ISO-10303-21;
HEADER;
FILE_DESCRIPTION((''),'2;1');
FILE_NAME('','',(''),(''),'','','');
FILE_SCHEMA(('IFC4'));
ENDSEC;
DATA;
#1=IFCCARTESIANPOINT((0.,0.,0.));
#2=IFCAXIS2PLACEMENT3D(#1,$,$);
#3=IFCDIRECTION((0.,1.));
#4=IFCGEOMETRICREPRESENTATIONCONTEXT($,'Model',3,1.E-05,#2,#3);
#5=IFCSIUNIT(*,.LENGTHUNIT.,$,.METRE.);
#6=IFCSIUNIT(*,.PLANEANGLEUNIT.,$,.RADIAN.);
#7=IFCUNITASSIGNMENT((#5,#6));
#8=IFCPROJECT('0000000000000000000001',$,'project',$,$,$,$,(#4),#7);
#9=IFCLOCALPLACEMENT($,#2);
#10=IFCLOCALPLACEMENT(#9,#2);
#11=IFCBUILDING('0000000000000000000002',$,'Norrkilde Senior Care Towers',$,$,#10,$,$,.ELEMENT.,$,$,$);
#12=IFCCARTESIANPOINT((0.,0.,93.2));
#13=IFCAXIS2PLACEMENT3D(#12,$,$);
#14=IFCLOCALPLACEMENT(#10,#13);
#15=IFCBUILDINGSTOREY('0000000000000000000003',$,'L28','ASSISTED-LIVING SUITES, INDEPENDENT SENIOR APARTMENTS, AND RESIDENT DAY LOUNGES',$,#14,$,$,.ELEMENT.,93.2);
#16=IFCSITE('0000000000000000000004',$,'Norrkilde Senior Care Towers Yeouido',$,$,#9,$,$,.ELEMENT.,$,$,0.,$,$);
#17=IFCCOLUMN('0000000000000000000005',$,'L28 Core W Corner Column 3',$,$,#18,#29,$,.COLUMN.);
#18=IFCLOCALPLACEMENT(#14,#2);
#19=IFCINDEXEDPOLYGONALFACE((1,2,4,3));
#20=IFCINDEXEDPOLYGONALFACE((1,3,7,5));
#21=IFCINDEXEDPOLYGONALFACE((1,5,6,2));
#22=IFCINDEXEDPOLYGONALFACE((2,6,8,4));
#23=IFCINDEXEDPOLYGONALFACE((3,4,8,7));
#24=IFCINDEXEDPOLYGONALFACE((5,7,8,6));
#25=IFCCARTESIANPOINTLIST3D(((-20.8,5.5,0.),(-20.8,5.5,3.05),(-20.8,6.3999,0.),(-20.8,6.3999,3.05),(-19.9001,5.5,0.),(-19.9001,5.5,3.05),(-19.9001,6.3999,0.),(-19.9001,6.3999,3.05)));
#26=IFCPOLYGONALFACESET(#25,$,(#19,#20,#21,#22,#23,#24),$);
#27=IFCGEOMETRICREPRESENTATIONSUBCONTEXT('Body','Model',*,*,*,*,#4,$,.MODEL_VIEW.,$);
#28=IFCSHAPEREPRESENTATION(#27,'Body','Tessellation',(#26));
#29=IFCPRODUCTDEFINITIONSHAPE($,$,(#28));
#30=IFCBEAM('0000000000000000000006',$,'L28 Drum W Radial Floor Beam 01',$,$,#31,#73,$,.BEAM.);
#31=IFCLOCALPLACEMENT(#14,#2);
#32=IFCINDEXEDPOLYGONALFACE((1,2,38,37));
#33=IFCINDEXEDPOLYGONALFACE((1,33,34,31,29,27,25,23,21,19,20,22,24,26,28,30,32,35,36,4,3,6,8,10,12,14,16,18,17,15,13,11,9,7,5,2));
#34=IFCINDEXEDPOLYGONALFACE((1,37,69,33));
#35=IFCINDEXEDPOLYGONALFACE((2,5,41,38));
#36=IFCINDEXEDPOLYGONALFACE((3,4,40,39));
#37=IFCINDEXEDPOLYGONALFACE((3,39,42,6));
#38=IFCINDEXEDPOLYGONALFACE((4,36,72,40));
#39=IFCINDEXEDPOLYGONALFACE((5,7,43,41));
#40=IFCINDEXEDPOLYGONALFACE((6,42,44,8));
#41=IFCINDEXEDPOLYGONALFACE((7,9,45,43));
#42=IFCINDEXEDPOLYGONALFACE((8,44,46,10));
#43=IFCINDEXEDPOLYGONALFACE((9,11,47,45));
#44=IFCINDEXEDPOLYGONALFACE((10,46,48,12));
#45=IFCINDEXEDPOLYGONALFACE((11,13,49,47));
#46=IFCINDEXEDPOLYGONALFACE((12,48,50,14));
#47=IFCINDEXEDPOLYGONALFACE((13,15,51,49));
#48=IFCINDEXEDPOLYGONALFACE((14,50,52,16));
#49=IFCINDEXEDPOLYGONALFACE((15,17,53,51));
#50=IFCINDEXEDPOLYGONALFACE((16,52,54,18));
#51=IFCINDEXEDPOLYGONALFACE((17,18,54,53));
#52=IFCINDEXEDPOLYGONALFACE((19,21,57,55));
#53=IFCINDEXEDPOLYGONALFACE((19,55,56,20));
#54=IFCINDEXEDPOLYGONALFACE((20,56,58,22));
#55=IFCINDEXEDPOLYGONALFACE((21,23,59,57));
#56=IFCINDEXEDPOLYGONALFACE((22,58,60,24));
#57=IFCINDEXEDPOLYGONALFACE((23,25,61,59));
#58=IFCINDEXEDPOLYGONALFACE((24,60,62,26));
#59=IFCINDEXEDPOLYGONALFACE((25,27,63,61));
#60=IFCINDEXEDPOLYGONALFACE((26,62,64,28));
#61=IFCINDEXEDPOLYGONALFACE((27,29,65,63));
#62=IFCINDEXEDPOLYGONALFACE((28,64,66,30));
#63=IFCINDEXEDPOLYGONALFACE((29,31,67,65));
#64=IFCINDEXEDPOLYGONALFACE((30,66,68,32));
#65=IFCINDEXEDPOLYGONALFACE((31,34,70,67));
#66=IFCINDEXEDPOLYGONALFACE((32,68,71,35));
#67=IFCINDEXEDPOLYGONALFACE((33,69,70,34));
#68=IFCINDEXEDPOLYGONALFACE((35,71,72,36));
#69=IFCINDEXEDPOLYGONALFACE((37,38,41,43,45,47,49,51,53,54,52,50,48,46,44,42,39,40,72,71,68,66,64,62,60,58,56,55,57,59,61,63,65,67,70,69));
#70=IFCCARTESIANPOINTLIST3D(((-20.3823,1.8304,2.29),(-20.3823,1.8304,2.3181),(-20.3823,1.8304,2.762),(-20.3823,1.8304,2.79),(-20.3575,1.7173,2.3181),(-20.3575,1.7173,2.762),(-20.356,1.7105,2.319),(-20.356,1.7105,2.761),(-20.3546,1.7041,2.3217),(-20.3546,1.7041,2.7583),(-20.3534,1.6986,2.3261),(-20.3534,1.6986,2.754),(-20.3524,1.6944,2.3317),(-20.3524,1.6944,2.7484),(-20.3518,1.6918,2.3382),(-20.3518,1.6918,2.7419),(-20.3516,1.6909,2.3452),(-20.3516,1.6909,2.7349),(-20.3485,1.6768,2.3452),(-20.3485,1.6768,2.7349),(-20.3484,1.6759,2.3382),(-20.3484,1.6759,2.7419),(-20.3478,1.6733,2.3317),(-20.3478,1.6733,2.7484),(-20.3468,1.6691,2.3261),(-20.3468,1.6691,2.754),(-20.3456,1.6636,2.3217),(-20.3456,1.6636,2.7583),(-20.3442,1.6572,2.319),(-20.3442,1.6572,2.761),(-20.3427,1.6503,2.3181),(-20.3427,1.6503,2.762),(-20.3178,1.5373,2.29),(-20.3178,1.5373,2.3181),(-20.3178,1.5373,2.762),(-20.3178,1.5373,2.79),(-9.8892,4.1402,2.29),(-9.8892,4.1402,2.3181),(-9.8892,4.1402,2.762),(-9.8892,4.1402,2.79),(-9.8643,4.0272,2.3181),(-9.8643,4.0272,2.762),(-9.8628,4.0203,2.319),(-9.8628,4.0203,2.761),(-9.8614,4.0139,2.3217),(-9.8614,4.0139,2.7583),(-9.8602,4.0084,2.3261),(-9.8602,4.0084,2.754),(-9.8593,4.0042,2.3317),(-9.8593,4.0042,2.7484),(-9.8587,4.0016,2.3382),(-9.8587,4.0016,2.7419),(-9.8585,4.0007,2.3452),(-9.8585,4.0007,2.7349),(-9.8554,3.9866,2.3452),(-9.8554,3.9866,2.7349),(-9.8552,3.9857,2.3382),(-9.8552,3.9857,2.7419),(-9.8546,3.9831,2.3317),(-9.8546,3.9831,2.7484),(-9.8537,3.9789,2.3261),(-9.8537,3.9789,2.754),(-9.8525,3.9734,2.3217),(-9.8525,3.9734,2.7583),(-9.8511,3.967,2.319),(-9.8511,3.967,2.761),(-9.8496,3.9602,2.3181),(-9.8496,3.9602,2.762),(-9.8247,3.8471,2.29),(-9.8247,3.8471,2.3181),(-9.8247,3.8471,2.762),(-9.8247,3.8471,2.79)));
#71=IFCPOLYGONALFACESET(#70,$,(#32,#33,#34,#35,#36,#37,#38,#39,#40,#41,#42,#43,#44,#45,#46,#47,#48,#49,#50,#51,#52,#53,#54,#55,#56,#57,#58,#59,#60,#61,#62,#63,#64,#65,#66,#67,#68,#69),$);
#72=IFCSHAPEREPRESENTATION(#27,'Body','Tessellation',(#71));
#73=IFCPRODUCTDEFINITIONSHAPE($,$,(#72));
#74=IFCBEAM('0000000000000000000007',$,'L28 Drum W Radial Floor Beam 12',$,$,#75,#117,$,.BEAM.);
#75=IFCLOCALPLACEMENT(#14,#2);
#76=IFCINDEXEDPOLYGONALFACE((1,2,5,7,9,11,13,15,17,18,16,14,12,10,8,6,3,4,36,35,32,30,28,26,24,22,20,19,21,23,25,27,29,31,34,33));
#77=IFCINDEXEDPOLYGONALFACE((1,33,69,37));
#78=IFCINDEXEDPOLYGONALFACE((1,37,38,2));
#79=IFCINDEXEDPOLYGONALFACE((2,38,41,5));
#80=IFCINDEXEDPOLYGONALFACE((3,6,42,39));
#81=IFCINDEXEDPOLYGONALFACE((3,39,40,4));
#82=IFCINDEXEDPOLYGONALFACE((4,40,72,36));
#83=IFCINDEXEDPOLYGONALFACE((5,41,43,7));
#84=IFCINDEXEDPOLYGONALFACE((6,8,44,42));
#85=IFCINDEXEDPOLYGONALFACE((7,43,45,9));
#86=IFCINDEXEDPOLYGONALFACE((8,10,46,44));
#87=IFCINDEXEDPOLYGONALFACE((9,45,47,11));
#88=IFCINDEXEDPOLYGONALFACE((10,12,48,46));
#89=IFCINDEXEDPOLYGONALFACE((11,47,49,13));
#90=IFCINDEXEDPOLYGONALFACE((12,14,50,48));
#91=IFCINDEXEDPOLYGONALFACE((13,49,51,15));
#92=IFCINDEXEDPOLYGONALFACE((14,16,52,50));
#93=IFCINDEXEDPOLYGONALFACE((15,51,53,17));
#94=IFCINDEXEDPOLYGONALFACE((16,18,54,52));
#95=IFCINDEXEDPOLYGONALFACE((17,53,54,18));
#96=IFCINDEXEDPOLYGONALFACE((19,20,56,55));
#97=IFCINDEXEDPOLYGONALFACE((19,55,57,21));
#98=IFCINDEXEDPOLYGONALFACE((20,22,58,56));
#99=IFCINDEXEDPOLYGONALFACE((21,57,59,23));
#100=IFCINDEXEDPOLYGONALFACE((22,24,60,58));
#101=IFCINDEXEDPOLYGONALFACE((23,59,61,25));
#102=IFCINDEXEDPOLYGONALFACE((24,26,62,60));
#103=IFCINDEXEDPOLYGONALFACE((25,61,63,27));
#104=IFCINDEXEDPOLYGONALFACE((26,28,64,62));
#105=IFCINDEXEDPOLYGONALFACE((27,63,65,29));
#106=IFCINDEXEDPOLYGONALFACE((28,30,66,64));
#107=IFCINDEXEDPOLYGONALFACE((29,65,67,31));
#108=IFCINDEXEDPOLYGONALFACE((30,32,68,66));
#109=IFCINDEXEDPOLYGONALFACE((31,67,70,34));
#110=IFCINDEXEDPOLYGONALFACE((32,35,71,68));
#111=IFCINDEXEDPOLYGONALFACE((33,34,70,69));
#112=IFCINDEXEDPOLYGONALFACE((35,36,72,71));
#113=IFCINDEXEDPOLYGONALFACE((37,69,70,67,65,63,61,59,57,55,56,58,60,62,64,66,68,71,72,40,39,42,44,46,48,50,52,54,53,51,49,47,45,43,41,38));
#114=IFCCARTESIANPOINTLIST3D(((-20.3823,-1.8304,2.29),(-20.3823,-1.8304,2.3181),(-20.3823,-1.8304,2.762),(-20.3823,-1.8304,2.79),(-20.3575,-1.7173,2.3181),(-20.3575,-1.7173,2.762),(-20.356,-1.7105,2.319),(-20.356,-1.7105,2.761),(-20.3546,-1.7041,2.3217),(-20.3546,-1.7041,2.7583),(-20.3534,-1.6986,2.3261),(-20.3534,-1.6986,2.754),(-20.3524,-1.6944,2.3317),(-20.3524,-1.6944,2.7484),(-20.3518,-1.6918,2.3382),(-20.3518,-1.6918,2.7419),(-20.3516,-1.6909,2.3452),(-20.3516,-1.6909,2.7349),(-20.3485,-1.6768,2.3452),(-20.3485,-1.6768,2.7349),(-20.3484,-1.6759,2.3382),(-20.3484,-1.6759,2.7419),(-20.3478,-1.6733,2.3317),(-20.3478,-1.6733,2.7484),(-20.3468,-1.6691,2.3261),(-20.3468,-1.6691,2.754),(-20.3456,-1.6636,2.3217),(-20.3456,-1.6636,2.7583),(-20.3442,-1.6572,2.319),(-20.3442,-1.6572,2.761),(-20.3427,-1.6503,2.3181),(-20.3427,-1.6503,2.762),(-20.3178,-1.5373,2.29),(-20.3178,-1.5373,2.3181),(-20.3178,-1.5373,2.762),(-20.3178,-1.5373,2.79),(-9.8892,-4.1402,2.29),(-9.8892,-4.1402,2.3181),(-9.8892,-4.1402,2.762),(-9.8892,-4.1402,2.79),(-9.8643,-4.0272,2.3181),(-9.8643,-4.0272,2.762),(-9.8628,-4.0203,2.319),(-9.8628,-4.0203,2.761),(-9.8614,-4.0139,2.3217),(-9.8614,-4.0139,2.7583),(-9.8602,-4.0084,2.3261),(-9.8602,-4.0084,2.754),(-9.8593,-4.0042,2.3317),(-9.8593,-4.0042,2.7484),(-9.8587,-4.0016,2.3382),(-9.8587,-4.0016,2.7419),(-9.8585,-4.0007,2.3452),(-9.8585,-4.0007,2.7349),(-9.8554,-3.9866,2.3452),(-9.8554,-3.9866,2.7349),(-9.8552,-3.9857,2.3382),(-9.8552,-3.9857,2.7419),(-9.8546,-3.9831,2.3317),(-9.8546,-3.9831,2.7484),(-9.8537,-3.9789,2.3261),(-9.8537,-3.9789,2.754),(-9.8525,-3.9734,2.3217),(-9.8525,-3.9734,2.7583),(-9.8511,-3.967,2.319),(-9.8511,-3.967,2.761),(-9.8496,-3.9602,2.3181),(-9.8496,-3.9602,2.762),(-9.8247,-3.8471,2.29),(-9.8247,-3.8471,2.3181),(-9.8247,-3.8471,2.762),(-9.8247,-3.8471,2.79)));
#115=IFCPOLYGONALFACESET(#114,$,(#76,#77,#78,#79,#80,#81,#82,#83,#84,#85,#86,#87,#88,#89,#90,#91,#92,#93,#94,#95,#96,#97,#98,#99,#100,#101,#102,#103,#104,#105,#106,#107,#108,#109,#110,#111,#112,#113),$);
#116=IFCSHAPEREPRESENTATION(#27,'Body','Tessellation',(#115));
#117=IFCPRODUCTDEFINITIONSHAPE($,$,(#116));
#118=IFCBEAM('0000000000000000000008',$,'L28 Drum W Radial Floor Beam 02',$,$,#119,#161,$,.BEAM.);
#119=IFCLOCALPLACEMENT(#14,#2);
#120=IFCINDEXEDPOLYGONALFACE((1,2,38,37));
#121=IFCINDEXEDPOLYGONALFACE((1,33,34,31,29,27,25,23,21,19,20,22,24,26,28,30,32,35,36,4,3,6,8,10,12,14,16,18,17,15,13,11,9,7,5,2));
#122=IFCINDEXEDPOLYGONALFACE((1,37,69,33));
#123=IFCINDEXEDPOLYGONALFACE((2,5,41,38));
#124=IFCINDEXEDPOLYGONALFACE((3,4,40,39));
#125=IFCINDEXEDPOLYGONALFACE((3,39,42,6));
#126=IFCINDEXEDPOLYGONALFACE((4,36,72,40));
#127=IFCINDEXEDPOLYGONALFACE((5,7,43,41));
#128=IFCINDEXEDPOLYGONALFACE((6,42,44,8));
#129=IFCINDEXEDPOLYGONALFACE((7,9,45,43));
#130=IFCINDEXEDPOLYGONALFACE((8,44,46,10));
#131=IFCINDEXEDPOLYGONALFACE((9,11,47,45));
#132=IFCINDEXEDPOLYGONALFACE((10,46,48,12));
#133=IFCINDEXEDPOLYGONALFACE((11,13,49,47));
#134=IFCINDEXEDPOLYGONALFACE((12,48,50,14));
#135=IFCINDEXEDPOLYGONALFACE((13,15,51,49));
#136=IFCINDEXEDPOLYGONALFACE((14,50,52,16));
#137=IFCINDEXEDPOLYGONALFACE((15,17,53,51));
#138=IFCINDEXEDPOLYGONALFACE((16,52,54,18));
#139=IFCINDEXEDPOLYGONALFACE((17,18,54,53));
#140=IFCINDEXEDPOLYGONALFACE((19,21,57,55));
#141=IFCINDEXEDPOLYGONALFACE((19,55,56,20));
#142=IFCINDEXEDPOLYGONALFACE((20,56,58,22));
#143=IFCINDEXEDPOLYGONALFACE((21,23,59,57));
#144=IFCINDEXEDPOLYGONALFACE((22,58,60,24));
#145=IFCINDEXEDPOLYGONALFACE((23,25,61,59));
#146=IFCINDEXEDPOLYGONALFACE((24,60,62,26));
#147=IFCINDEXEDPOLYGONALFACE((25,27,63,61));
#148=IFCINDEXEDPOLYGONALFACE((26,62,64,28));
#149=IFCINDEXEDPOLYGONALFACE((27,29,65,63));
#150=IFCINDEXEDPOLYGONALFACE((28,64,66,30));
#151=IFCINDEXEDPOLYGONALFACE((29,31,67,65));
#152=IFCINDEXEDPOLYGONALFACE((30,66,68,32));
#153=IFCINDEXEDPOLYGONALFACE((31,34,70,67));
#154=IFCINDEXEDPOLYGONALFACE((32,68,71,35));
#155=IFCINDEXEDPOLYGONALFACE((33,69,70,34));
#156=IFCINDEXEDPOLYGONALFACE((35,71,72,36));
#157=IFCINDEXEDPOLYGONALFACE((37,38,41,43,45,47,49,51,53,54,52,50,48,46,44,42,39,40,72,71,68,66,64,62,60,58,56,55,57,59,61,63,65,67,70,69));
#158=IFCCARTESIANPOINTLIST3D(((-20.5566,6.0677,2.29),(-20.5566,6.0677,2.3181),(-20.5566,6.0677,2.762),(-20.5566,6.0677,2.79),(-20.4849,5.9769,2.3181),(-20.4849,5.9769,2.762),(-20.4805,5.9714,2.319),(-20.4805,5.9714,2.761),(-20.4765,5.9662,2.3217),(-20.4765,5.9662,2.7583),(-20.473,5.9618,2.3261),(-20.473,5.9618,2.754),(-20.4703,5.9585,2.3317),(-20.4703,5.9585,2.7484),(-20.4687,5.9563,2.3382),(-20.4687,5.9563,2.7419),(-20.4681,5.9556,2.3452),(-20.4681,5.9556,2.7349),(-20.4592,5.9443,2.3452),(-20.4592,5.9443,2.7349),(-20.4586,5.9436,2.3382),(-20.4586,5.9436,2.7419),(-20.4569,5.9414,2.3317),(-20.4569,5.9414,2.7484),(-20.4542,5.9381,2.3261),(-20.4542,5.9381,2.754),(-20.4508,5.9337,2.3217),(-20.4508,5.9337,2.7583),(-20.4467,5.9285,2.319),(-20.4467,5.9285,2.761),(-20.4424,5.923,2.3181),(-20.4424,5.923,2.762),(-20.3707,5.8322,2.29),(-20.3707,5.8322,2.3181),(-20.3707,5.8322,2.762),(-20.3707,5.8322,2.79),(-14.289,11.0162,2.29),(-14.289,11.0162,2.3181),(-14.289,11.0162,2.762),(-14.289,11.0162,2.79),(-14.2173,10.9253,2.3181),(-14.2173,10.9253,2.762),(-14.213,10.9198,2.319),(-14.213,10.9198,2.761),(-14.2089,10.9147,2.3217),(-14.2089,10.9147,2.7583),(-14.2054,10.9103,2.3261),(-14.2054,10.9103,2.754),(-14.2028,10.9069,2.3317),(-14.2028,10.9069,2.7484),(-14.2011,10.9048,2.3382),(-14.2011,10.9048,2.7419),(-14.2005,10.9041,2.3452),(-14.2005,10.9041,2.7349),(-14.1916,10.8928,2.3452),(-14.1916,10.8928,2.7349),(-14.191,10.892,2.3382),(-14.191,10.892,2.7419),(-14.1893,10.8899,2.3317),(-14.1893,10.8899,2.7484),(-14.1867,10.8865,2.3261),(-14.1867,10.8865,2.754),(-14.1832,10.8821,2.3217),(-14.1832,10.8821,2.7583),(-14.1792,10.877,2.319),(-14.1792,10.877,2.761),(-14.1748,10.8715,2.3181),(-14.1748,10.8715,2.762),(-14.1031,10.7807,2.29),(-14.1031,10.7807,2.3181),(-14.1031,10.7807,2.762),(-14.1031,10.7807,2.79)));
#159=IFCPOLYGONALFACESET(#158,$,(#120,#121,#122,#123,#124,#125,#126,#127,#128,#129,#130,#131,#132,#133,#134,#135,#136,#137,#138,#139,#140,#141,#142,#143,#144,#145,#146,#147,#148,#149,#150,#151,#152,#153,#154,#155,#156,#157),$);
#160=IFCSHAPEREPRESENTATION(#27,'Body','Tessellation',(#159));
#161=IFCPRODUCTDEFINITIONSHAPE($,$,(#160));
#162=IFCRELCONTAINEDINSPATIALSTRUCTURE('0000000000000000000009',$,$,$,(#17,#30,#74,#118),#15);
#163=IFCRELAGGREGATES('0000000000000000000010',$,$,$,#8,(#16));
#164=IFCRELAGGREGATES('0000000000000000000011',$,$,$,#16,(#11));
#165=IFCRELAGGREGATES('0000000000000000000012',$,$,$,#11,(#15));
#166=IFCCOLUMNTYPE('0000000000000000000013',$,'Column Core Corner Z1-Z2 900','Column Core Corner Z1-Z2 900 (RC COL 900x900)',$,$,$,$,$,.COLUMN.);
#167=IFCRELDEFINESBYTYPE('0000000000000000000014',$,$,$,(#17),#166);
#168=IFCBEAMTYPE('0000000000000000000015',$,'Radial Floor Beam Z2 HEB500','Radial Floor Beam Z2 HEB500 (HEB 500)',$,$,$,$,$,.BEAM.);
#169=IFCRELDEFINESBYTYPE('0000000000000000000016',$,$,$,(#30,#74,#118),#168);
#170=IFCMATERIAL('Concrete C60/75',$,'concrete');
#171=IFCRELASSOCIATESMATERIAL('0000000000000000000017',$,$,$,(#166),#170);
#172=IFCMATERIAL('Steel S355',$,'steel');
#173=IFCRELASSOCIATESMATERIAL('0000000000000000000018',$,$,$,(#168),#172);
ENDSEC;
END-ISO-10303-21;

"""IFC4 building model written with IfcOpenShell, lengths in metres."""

from ifc_helpers import new_model, si_unit, direction, frame, origin, origin_2d, place, context, subcontext, project, spatial, rectangle, i_section, extrude, source, transform, mapped, material, material_profile, profile_set, type_object, type_shapes, element, save


model = new_model("IFC4")

# Units and contexts
model_context = context("Model", 3, precision=1e-05, world=origin(), true_north=direction((0.0, 1.0)))
body_context = subcontext(model_context, "Body", "Model", "MODEL_VIEW")
ifc_project = project(units=[si_unit("LENGTHUNIT", "METRE"), si_unit("PLANEANGLEUNIT", "RADIAN")], contexts=[model_context])

# Site, building, storey
site_placement = place(None, origin())
site = spatial("IfcSite", under=ifc_project, at=site_placement, Name="Norrkilde Senior Care Towers Yeouido", CompositionType="ELEMENT", RefElevation=0.0)
building_placement = place(site_placement, origin())
building = spatial("IfcBuilding", under=site, at=building_placement, Name="Norrkilde Senior Care Towers", CompositionType="ELEMENT")
storey_placement = place(building_placement, frame((0.0, 0.0, 93.2)))
storey = spatial("IfcBuildingStorey", under=building, at=storey_placement, Name="L28", Description="ASSISTED-LIVING SUITES, INDEPENDENT SENIOR APARTMENTS, AND RESIDENT DAY LOUNGES", CompositionType="ELEMENT", Elevation=93.2)

# Column
ifc_material_1 = material(Name="Concrete C60/75", Category="concrete")
ifc_material_profile_1 = material_profile(ifc_material_1, rectangle(XDim=0.8999, YDim=0.8999, at=origin_2d()), Name="RC COL 900x900")
ifc_profile_set_1 = profile_set([ifc_material_profile_1], Name="Concrete C60/75")
column_type = type_object("IfcColumnType", Name="Column Core Corner Z1-Z2 900", Description="Column Core Corner Z1-Z2 900 (RC COL 900x900)", PredefinedType="COLUMN", material=ifc_profile_set_1)
shared_shape_1 = source(origin(), body_context, "Body", "SweptSolid", [
    extrude(rectangle(XDim=0.8999, YDim=0.8999, at=origin_2d()), origin(), (0.0, 0.0, 1.0), 3.05),
])
type_shapes(column_type, [shared_shape_1])
column_placement = place(storey_placement, frame((-20.3501, 5.95, 0.0), z_axis=(0.0, 0.0, 1.0), x_axis=(1.0, 0.0, 0.0)))
element("IfcColumn", 1, at=column_placement, inside=storey, type_object=column_type, Name="L28 Core W Corner Column 3", PredefinedType="COLUMN", context=body_context, shape_type="MappedRepresentation", body=[
    mapped(shared_shape_1, transform((0.0, 0.0, 0.0), x_axis=(1.0, 0.0, 0.0), y_axis=(0.0, 1.0, 0.0), z_axis=(0.0, 0.0, 1.0), scale=1.0)),
])

# Beams
ifc_material_2 = material(Name="Steel S355", Category="steel")
ifc_material_profile_2 = material_profile(ifc_material_2, i_section(OverallWidth=0.3, OverallDepth=0.5, WebThickness=0.0144, FlangeThickness=0.0281, FilletRadius=0.0271, at=origin_2d()), Name="HEB 500")
ifc_profile_set_2 = profile_set([ifc_material_profile_2], Name="Steel S355")
beam_type = type_object("IfcBeamType", Name="Radial Floor Beam Z2 HEB500", Description="Radial Floor Beam Z2 HEB500 (HEB 500)", PredefinedType="BEAM", material=ifc_profile_set_2)
shared_shape_2 = source(origin(), body_context, "Body", "SweptSolid", [
    extrude(i_section(OverallWidth=0.3, OverallDepth=0.5, WebThickness=0.0144, FlangeThickness=0.0281, FilletRadius=0.0271, at=origin_2d()), origin(), (0.0, 0.0, 1.0), 10.7444),
])
for number, where, z_axis, x_axis, name in (
    (2, (-20.3501, 1.6838, 2.54), (0.976619, 0.214979, 0.0), (-0.214979, 0.976619, 0.0), "L28 Drum W Radial Floor Beam 01"),
    (3, (-20.3501, -1.6838, 2.54), (0.976619, -0.214979, 0.0), (0.214979, 0.976619, 0.0), "L28 Drum W Radial Floor Beam 12"),
):
    element("IfcBeam", number, at=place(storey_placement, frame(where, z_axis=z_axis, x_axis=x_axis)), inside=storey, type_object=beam_type, Name=name, PredefinedType="BEAM", context=body_context, shape_type="MappedRepresentation", body=[
        mapped(shared_shape_2, transform((0.0, 0.0, 0.0), x_axis=(1.0, 0.0, 0.0), y_axis=(0.0, 1.0, 0.0), z_axis=(0.0, 0.0, 1.0), scale=1.0)),
    ])
shared_shape_3 = source(origin(), body_context, "Body", "SweptSolid", [
    extrude(i_section(OverallWidth=0.3, OverallDepth=0.5, WebThickness=0.0144, FlangeThickness=0.0281, FilletRadius=0.0271, at=origin_2d()), origin(), (0.0, 0.0, 1.0), 7.9856),
])
beam_1_placement = place(storey_placement, frame((-20.4636, 5.95, 2.54), z_axis=(0.784859, 0.619675, 0.0), x_axis=(-0.619675, 0.784859, 0.0)))
element("IfcBeam", 4, at=beam_1_placement, inside=storey, type_object=beam_type, Name="L28 Drum W Radial Floor Beam 02", PredefinedType="BEAM", context=body_context, shape_type="MappedRepresentation", body=[
    mapped(shared_shape_3, transform((0.0, 0.0, 0.0), x_axis=(1.0, 0.0, 0.0), y_axis=(0.0, 1.0, 0.0), z_axis=(0.0, 0.0, 1.0), scale=1.0)),
])

save(model, "model.ifc")
